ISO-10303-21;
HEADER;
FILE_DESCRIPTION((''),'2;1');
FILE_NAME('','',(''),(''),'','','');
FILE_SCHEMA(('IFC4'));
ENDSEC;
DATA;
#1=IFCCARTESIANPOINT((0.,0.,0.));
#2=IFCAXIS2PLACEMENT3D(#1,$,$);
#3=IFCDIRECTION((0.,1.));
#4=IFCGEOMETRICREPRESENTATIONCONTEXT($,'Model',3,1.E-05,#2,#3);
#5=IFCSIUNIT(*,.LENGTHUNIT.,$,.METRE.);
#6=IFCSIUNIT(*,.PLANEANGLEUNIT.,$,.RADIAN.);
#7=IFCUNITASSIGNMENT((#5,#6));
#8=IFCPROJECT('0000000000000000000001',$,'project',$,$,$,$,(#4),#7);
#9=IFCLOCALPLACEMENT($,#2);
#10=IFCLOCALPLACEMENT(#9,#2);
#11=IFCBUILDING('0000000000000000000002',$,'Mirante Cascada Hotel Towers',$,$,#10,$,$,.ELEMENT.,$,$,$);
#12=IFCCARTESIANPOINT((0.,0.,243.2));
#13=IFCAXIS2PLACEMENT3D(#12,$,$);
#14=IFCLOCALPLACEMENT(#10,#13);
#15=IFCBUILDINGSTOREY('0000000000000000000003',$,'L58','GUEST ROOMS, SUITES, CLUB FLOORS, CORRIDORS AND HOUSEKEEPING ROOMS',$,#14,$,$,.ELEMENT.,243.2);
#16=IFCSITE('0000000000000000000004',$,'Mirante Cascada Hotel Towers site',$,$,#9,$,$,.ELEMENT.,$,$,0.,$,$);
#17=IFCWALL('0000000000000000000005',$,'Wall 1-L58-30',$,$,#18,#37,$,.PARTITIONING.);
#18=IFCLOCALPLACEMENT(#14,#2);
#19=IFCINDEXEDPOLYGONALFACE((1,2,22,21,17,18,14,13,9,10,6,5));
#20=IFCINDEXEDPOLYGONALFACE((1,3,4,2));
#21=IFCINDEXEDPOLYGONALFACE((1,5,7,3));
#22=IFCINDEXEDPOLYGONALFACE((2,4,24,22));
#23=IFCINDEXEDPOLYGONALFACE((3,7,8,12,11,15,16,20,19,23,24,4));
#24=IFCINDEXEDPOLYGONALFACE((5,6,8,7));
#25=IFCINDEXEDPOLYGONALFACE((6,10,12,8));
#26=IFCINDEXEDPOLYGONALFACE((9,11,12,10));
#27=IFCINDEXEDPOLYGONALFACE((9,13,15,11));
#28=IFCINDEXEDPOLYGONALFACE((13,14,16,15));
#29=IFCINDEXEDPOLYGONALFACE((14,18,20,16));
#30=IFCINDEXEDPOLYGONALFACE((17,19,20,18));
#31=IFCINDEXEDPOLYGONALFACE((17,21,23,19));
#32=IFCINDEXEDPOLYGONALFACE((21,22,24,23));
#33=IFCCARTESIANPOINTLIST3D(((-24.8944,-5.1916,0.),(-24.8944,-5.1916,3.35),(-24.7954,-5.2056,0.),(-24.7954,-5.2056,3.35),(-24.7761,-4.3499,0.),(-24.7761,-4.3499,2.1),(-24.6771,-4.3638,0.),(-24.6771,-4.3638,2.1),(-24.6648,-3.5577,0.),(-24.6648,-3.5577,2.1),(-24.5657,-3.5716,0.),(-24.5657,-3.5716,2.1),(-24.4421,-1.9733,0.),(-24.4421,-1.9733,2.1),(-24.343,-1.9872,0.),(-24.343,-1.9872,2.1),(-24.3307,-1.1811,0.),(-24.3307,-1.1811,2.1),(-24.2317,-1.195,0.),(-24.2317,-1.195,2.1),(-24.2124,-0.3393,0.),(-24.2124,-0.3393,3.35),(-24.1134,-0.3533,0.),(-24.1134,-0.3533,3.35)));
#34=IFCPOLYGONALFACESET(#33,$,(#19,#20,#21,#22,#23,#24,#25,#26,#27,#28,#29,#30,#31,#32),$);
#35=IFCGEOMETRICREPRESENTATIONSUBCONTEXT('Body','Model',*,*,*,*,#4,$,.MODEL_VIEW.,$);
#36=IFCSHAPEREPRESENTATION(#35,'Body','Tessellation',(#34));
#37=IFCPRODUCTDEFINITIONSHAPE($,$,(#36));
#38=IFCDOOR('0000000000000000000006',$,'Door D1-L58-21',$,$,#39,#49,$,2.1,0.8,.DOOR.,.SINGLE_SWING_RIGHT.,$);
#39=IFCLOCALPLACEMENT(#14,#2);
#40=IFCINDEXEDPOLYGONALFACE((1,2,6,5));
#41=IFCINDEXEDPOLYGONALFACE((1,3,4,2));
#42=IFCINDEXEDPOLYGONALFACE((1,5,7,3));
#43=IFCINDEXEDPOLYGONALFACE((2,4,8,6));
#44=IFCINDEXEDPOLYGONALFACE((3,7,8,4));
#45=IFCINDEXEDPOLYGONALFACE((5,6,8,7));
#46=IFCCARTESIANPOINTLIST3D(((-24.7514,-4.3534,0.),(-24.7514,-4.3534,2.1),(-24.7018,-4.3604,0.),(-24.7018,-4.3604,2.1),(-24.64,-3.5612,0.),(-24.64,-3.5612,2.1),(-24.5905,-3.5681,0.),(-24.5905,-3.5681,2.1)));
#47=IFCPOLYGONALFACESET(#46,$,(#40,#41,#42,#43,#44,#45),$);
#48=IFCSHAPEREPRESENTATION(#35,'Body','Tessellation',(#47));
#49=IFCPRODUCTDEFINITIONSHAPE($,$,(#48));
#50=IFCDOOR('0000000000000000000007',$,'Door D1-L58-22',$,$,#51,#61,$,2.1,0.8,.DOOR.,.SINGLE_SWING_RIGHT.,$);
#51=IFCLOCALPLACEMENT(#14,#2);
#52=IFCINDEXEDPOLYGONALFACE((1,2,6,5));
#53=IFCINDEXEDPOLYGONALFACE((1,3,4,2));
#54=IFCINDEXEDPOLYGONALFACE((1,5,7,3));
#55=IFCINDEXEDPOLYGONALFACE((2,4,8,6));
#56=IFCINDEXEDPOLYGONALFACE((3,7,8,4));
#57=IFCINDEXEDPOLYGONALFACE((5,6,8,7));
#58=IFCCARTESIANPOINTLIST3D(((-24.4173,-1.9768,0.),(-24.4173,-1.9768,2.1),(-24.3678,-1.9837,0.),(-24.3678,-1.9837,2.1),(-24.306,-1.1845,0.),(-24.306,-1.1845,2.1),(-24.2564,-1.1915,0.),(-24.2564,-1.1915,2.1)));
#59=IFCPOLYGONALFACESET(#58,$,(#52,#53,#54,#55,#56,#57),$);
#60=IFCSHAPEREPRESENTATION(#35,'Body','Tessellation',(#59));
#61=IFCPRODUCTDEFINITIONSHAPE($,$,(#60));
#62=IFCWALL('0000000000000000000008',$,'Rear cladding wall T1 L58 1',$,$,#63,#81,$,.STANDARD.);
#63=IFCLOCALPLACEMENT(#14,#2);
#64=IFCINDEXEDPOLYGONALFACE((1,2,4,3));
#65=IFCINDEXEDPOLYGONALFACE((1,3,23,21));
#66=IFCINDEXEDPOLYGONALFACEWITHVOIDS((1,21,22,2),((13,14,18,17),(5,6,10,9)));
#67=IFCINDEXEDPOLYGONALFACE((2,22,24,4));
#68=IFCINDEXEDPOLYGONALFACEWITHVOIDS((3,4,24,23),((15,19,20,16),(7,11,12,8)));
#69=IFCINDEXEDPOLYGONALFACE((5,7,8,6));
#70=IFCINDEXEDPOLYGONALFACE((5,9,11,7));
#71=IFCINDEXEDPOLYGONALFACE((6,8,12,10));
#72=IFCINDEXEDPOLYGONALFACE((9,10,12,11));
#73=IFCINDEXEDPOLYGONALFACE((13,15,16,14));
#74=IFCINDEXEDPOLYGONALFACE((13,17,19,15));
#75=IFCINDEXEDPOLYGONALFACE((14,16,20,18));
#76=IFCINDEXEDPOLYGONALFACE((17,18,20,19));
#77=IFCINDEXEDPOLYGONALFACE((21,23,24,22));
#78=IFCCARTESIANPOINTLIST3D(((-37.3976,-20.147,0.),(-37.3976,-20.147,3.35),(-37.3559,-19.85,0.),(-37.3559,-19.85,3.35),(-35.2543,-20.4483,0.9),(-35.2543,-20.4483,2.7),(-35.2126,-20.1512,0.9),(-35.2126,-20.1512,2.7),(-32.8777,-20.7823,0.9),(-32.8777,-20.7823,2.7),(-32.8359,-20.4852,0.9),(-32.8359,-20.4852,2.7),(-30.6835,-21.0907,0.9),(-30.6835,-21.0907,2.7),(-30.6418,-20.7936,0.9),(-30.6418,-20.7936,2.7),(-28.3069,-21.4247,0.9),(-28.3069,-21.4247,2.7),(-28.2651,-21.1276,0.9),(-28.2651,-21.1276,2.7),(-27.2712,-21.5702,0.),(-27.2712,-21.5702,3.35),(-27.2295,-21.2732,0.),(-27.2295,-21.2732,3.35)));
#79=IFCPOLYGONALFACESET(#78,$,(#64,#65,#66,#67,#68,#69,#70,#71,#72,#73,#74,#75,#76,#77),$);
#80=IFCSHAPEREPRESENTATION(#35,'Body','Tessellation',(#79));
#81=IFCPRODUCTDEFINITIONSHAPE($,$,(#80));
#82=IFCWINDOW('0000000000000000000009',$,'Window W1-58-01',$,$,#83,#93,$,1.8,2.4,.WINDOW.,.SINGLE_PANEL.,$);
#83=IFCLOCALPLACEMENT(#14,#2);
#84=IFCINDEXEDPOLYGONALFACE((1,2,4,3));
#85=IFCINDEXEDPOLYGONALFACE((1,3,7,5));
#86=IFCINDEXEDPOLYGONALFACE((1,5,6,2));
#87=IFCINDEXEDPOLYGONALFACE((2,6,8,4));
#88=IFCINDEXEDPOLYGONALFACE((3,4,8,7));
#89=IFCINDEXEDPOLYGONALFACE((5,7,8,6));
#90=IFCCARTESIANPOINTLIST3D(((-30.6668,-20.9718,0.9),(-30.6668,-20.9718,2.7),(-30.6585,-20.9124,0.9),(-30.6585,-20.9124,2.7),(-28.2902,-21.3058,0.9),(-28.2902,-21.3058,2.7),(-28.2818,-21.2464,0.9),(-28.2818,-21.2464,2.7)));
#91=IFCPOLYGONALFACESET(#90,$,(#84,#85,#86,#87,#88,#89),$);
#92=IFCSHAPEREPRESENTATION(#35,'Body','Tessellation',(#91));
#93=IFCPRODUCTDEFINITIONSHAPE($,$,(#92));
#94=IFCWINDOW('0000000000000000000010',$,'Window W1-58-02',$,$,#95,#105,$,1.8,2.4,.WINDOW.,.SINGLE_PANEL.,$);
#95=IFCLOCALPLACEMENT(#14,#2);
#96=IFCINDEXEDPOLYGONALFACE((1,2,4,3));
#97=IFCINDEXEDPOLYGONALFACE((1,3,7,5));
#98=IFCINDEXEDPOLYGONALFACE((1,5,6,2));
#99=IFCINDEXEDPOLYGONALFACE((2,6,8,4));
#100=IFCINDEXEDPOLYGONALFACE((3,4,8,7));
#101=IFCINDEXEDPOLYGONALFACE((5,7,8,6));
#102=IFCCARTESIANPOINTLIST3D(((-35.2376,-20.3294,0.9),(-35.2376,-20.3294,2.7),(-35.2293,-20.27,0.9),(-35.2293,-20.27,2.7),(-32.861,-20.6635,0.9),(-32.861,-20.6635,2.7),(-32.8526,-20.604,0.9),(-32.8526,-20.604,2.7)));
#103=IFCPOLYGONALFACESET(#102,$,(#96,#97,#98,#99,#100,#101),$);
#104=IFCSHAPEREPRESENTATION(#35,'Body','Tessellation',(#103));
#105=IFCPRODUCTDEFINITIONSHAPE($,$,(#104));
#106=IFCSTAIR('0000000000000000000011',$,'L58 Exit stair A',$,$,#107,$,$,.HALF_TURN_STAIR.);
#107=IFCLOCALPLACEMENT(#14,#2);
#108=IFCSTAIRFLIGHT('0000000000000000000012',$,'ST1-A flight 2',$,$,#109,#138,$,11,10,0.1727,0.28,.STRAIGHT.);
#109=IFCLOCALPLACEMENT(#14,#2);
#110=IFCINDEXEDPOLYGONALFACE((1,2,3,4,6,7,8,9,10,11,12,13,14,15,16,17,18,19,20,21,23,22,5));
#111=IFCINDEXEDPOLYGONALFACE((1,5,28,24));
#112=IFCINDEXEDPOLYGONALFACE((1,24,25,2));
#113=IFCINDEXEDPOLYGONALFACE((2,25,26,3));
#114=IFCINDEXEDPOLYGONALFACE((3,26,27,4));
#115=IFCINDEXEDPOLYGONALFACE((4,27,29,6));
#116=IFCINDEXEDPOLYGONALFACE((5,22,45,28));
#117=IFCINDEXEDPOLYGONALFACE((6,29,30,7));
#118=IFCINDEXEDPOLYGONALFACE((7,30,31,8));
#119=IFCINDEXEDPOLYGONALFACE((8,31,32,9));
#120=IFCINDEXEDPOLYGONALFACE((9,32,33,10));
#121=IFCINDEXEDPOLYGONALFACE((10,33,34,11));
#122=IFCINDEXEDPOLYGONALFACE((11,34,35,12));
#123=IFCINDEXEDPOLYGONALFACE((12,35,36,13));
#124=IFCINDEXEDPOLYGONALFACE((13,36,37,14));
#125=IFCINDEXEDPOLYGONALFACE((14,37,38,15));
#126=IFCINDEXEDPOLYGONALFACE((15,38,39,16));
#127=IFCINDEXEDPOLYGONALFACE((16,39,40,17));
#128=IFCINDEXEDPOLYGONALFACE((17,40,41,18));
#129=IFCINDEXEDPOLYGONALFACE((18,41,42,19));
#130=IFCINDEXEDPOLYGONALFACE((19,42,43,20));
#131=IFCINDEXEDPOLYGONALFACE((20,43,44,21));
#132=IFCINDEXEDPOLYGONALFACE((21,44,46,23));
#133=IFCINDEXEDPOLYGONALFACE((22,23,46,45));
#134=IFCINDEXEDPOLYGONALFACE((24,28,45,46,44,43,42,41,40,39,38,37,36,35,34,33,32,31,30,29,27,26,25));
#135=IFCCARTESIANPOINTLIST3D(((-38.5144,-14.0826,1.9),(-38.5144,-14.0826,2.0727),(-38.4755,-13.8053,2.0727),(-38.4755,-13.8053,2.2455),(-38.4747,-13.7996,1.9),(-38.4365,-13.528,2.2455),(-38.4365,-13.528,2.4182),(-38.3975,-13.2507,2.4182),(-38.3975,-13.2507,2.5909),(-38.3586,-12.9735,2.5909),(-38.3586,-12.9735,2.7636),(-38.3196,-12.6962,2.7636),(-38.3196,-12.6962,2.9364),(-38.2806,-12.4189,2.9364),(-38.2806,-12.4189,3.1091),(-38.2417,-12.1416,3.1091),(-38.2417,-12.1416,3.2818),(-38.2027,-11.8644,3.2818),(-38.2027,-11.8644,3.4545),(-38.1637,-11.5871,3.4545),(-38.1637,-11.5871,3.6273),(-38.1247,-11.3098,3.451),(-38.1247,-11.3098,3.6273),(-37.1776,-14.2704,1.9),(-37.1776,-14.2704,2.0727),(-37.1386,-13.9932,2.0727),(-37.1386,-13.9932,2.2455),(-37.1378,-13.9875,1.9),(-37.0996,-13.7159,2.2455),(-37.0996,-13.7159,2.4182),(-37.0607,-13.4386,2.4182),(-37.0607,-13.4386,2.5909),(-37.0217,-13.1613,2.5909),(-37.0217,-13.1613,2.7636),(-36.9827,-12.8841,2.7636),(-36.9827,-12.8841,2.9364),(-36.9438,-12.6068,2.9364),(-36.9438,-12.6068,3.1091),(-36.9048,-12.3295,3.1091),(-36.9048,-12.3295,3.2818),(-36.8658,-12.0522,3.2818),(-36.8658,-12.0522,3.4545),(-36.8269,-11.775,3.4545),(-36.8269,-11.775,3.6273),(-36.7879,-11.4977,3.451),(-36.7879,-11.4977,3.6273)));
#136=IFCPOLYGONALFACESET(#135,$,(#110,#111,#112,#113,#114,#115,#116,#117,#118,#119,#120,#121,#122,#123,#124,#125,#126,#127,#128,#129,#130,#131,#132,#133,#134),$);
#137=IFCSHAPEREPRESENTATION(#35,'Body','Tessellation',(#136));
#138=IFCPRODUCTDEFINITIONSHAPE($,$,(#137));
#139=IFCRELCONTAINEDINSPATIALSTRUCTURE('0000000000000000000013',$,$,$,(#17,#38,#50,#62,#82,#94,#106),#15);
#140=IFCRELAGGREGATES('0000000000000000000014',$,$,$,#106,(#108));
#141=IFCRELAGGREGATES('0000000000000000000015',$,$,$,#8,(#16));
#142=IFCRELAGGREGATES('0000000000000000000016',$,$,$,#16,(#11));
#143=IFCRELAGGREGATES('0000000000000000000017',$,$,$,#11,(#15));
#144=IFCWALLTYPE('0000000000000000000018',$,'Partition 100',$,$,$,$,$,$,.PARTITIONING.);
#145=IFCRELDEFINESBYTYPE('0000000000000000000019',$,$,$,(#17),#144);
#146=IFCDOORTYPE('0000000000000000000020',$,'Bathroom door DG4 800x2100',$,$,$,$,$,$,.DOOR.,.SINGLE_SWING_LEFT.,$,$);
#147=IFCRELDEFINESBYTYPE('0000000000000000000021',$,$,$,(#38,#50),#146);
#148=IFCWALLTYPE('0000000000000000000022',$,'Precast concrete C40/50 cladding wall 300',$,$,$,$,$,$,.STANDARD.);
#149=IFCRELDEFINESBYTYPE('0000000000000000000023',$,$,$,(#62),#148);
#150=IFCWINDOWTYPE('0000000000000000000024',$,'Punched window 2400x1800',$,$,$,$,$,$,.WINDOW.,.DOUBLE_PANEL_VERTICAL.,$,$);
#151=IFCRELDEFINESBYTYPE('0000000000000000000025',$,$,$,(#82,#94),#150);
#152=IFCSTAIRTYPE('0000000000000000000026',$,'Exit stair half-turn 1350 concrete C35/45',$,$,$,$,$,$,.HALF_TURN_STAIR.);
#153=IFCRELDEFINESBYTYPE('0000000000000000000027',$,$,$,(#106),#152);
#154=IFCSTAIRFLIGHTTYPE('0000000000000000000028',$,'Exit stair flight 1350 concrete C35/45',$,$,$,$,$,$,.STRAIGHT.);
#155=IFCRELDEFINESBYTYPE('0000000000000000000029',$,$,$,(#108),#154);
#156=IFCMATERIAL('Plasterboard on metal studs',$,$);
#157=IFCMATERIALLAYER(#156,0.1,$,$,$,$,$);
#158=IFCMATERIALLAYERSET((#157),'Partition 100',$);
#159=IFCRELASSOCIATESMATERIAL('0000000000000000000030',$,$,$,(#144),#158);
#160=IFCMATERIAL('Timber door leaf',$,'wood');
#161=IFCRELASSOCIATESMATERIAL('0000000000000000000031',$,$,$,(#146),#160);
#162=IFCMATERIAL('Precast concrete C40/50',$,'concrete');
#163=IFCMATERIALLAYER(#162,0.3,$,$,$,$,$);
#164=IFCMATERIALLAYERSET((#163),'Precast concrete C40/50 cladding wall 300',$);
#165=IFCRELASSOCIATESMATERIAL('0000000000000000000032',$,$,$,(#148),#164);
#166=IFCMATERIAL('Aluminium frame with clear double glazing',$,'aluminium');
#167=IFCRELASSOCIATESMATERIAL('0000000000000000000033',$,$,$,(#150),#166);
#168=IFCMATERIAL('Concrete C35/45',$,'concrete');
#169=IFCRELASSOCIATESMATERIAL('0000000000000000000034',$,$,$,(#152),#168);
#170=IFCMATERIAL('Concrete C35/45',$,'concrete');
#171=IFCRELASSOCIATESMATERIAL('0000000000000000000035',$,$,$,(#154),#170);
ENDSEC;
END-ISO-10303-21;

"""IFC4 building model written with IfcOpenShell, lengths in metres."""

from ifc_helpers import new_model, si_unit, direction, frame, frame_2d, origin, place, context, subcontext, project, spatial, polyline, rectangle, outline, extrude, material, layer, layer_set, type_object, element, fill, aggregate, save


model = new_model("IFC4")

# Units and contexts
model_context = context("Model", 3, precision=1e-05, world=origin(), true_north=direction((0.0, 1.0)))
body_context = subcontext(model_context, "Body", "Model", "MODEL_VIEW")
ifc_project = project(units=[si_unit("LENGTHUNIT", "METRE"), si_unit("PLANEANGLEUNIT", "RADIAN")], contexts=[model_context])

# Site, building, storey
site_placement = place(None, origin())
site = spatial("IfcSite", under=ifc_project, at=site_placement, Name="Mirante Cascada Hotel Towers site", CompositionType="ELEMENT", RefElevation=0.0)
building_placement = place(site_placement, origin())
building = spatial("IfcBuilding", under=site, at=building_placement, Name="Mirante Cascada Hotel Towers", CompositionType="ELEMENT")
storey_placement = place(building_placement, frame((0.0, 0.0, 243.2)))
storey = spatial("IfcBuildingStorey", under=building, at=storey_placement, Name="L58", Description="GUEST ROOMS, SUITES, CLUB FLOORS, CORRIDORS AND HOUSEKEEPING ROOMS", CompositionType="ELEMENT", Elevation=243.2)

# Shared definitions
ifc_material_1 = material(Name="Plasterboard on metal studs")
ifc_layer_1 = layer(ifc_material_1, 0.1)
ifc_layer_set_1 = layer_set([ifc_layer_1], Name="Partition 100")
wall_type_1 = type_object("IfcWallType", Name="Partition 100", PredefinedType="PARTITIONING", material=ifc_layer_set_1)

# Wall, openings, doors
wall_1_placement = place(storey_placement, frame((-24.1629, -0.3463, 0.0), z_axis=(0.0, 0.0, 1.0), x_axis=(-0.139184, -0.990267, 0.0)))
wall_1 = element("IfcWall", 1, at=wall_1_placement, inside=storey, type_object=wall_type_1, Name="Wall 1-L58-30", PredefinedType="PARTITIONING", context=body_context, shape_type="SweptSolid", body=[
    extrude(rectangle(XDim=4.9, YDim=0.1, at=frame_2d((2.45, 0.0))), origin(), (0.0, 0.0, 1.0), 3.35),
])
opening_1_placement = place(wall_1_placement, frame((3.25, 0.0, 0.0)))
opening_1 = element("IfcOpeningElement", 2, at=opening_1_placement, cuts=wall_1, PredefinedType="OPENING", context=body_context, shape_type="SweptSolid", body=[
    extrude(rectangle(XDim=0.8, YDim=2.1, at=frame_2d((0.4, 1.05))), frame((0.0, 0.05, 0.0), z_axis=(0.0, -1.0, 0.0), x_axis=(1.0, 0.0, 0.0)), (0.0, 0.0, 1.0), 0.1),
])
opening_2_placement = place(wall_1_placement, frame((0.85, 0.0, 0.0)))
opening_2 = element("IfcOpeningElement", 3, at=opening_2_placement, cuts=wall_1, PredefinedType="OPENING", context=body_context, shape_type="SweptSolid", body=[
    extrude(rectangle(XDim=0.8, YDim=2.1, at=frame_2d((0.4, 1.05))), frame((0.0, 0.05, 0.0), z_axis=(0.0, -1.0, 0.0), x_axis=(1.0, 0.0, 0.0)), (0.0, 0.0, 1.0), 0.1),
])
ifc_material_2 = material(Name="Timber door leaf", Category="wood")
door_type_1 = type_object("IfcDoorType", Name="Bathroom door DG4 800x2100", OperationType="SINGLE_SWING_LEFT", PredefinedType="DOOR", material=ifc_material_2)
door_1_placement = place(opening_1_placement, frame((0.8, 0.0, 0.0), z_axis=(0.0, 0.0, 1.0), x_axis=(-1.0, 0.0, 0.0)))
door_1 = element("IfcDoor", 4, at=door_1_placement, inside=storey, type_object=door_type_1, Name="Door D1-L58-21", OperationType="SINGLE_SWING_RIGHT", OverallHeight=2.1, OverallWidth=0.8, PredefinedType="DOOR", context=body_context, shape_type="SweptSolid", body=[
    extrude(rectangle(XDim=0.8, YDim=2.1, at=frame_2d((0.4, 1.05))), frame((0.0, 0.025, 0.0), z_axis=(0.0, -1.0, 0.0), x_axis=(1.0, 0.0, 0.0)), (0.0, 0.0, 1.0), 0.05),
])
fill(opening_1, door_1)
door_2_placement = place(opening_2_placement, frame((0.8, 0.0, 0.0), z_axis=(0.0, 0.0, 1.0), x_axis=(-1.0, 0.0, 0.0)))
door_2 = element("IfcDoor", 5, at=door_2_placement, inside=storey, type_object=door_type_1, Name="Door D1-L58-22", OperationType="SINGLE_SWING_RIGHT", OverallHeight=2.1, OverallWidth=0.8, PredefinedType="DOOR", context=body_context, shape_type="SweptSolid", body=[
    extrude(rectangle(XDim=0.8, YDim=2.1, at=frame_2d((0.4, 1.05))), frame((0.0, 0.025, 0.0), z_axis=(0.0, -1.0, 0.0), x_axis=(1.0, 0.0, 0.0)), (0.0, 0.0, 1.0), 0.05),
])
fill(opening_2, door_2)

# Wall, openings, windows
ifc_material_3 = material(Name="Precast concrete C40/50", Category="concrete")
ifc_layer_2 = layer(ifc_material_3, 0.3)
ifc_layer_set_2 = layer_set([ifc_layer_2], Name="Precast concrete C40/50 cladding wall 300")
wall_type_2 = type_object("IfcWallType", Name="Precast concrete C40/50 cladding wall 300", PredefinedType="STANDARD", material=ifc_layer_set_2)
wall_2_placement = place(storey_placement, frame((-27.2503, -21.4217, 0.0), z_axis=(0.0, 0.0, 1.0), x_axis=(-0.990268, 0.139176, 0.0)))
wall_2 = element("IfcWall", 6, at=wall_2_placement, inside=storey, type_object=wall_type_2, Name="Rear cladding wall T1 L58 1", PredefinedType="STANDARD", context=body_context, shape_type="SweptSolid", body=[
    extrude(rectangle(XDim=10.2259, YDim=0.3, at=frame_2d((5.113, 0.0))), origin(), (0.0, 0.0, 1.0), 3.35),
])
opening_3_placement = place(wall_2_placement, frame((1.0459, 0.0, 0.9)))
opening_3 = element("IfcOpeningElement", 7, at=opening_3_placement, cuts=wall_2, PredefinedType="OPENING", context=body_context, shape_type="SweptSolid", body=[
    extrude(rectangle(XDim=2.4, YDim=1.8, at=frame_2d((1.2, 0.9))), frame((0.0, 0.15, 0.0), z_axis=(0.0, -1.0, 0.0), x_axis=(1.0, 0.0, 0.0)), (0.0, 0.0, 1.0), 0.3),
])
opening_4_placement = place(wall_2_placement, frame((5.6616, 0.0, 0.9)))
opening_4 = element("IfcOpeningElement", 8, at=opening_4_placement, cuts=wall_2, PredefinedType="OPENING", context=body_context, shape_type="SweptSolid", body=[
    extrude(rectangle(XDim=2.4, YDim=1.8, at=frame_2d((1.2, 0.9))), frame((0.0, 0.15, 0.0), z_axis=(0.0, -1.0, 0.0), x_axis=(1.0, 0.0, 0.0)), (0.0, 0.0, 1.0), 0.3),
])
ifc_material_4 = material(Name="Aluminium frame with clear double glazing", Category="aluminium")
window_type = type_object("IfcWindowType", Name="Punched window 2400x1800", PartitioningType="DOUBLE_PANEL_VERTICAL", PredefinedType="WINDOW", material=ifc_material_4)
window_1_placement = place(opening_3_placement, origin())
window_1 = element("IfcWindow", 9, at=window_1_placement, inside=storey, type_object=window_type, Name="Window W1-58-01", OverallHeight=1.8, OverallWidth=2.4, PartitioningType="SINGLE_PANEL", PredefinedType="WINDOW", context=body_context, shape_type="SweptSolid", body=[
    extrude(rectangle(XDim=2.4, YDim=1.8, at=frame_2d((1.2, 0.9))), frame((0.0, 0.03, 0.0), z_axis=(0.0, -1.0, 0.0), x_axis=(1.0, 0.0, 0.0)), (0.0, 0.0, 1.0), 0.06),
])
fill(opening_3, window_1)
window_2_placement = place(opening_4_placement, origin())
window_2 = element("IfcWindow", 10, at=window_2_placement, inside=storey, type_object=window_type, Name="Window W1-58-02", OverallHeight=1.8, OverallWidth=2.4, PartitioningType="SINGLE_PANEL", PredefinedType="WINDOW", context=body_context, shape_type="SweptSolid", body=[
    extrude(rectangle(XDim=2.4, YDim=1.8, at=frame_2d((1.2, 0.9))), frame((0.0, 0.03, 0.0), z_axis=(0.0, -1.0, 0.0), x_axis=(1.0, 0.0, 0.0)), (0.0, 0.0, 1.0), 0.06),
])
fill(opening_4, window_2)

# Stair, stair flight
ifc_material_5 = material(Name="Concrete C35/45", Category="concrete")
stair_type = type_object("IfcStairType", Name="Exit stair half-turn 1350 concrete C35/45", PredefinedType="HALF_TURN_STAIR", material=ifc_material_5)
stair_placement = place(storey_placement, origin())
stair = element("IfcStair", 11, at=stair_placement, inside=storey, type_object=stair_type, Name="L58 Exit stair A", PredefinedType="HALF_TURN_STAIR")
ifc_material_6 = material(Name="Concrete C35/45", Category="concrete")
stair_flight_type = type_object("IfcStairFlightType", Name="Exit stair flight 1350 concrete C35/45", PredefinedType="STRAIGHT", material=ifc_material_6)
stair_flight_placement = place(storey_placement, frame((-37.846, -14.1765, 1.9), z_axis=(0.0, 0.0, 1.0), x_axis=(0.139173, 0.990268, 0.0)))
stair_flight = element("IfcStairFlight", 12, at=stair_flight_placement, type_object=stair_flight_type, Name="ST1-A flight 2", NumberOfRisers=11, NumberOfTreads=10, PredefinedType="STRAIGHT", RiserHeight=0.1727, TreadLength=0.28, context=body_context, shape_type="SweptSolid", body=[
    extrude(outline(polyline([(0.0, 0.0), (0.0, 0.1727), (0.28, 0.1727), (0.28, 0.3455), (0.56, 0.3455), (0.56, 0.5182), (0.84, 0.5182), (0.84, 0.6909), (1.12, 0.6909), (1.12, 0.8636), (1.4, 0.8636), (1.4, 1.0364), (1.68, 1.0364), (1.68, 1.2091), (1.96, 1.2091), (1.96, 1.3818), (2.24, 1.3818), (2.24, 1.5545), (2.52, 1.5545), (2.52, 1.7273), (2.8, 1.7273), (2.8, 1.9), (2.8, 1.551), (0.2857, 0.0), (0.0, 0.0)])), frame((0.0, 0.675, 0.0), z_axis=(0.0, -1.0, 0.0), x_axis=(1.0, 0.0, 0.0)), (0.0, 0.0, 1.0), 1.35),
])
aggregate(stair, [stair_flight])

save(model, "model.ifc")
